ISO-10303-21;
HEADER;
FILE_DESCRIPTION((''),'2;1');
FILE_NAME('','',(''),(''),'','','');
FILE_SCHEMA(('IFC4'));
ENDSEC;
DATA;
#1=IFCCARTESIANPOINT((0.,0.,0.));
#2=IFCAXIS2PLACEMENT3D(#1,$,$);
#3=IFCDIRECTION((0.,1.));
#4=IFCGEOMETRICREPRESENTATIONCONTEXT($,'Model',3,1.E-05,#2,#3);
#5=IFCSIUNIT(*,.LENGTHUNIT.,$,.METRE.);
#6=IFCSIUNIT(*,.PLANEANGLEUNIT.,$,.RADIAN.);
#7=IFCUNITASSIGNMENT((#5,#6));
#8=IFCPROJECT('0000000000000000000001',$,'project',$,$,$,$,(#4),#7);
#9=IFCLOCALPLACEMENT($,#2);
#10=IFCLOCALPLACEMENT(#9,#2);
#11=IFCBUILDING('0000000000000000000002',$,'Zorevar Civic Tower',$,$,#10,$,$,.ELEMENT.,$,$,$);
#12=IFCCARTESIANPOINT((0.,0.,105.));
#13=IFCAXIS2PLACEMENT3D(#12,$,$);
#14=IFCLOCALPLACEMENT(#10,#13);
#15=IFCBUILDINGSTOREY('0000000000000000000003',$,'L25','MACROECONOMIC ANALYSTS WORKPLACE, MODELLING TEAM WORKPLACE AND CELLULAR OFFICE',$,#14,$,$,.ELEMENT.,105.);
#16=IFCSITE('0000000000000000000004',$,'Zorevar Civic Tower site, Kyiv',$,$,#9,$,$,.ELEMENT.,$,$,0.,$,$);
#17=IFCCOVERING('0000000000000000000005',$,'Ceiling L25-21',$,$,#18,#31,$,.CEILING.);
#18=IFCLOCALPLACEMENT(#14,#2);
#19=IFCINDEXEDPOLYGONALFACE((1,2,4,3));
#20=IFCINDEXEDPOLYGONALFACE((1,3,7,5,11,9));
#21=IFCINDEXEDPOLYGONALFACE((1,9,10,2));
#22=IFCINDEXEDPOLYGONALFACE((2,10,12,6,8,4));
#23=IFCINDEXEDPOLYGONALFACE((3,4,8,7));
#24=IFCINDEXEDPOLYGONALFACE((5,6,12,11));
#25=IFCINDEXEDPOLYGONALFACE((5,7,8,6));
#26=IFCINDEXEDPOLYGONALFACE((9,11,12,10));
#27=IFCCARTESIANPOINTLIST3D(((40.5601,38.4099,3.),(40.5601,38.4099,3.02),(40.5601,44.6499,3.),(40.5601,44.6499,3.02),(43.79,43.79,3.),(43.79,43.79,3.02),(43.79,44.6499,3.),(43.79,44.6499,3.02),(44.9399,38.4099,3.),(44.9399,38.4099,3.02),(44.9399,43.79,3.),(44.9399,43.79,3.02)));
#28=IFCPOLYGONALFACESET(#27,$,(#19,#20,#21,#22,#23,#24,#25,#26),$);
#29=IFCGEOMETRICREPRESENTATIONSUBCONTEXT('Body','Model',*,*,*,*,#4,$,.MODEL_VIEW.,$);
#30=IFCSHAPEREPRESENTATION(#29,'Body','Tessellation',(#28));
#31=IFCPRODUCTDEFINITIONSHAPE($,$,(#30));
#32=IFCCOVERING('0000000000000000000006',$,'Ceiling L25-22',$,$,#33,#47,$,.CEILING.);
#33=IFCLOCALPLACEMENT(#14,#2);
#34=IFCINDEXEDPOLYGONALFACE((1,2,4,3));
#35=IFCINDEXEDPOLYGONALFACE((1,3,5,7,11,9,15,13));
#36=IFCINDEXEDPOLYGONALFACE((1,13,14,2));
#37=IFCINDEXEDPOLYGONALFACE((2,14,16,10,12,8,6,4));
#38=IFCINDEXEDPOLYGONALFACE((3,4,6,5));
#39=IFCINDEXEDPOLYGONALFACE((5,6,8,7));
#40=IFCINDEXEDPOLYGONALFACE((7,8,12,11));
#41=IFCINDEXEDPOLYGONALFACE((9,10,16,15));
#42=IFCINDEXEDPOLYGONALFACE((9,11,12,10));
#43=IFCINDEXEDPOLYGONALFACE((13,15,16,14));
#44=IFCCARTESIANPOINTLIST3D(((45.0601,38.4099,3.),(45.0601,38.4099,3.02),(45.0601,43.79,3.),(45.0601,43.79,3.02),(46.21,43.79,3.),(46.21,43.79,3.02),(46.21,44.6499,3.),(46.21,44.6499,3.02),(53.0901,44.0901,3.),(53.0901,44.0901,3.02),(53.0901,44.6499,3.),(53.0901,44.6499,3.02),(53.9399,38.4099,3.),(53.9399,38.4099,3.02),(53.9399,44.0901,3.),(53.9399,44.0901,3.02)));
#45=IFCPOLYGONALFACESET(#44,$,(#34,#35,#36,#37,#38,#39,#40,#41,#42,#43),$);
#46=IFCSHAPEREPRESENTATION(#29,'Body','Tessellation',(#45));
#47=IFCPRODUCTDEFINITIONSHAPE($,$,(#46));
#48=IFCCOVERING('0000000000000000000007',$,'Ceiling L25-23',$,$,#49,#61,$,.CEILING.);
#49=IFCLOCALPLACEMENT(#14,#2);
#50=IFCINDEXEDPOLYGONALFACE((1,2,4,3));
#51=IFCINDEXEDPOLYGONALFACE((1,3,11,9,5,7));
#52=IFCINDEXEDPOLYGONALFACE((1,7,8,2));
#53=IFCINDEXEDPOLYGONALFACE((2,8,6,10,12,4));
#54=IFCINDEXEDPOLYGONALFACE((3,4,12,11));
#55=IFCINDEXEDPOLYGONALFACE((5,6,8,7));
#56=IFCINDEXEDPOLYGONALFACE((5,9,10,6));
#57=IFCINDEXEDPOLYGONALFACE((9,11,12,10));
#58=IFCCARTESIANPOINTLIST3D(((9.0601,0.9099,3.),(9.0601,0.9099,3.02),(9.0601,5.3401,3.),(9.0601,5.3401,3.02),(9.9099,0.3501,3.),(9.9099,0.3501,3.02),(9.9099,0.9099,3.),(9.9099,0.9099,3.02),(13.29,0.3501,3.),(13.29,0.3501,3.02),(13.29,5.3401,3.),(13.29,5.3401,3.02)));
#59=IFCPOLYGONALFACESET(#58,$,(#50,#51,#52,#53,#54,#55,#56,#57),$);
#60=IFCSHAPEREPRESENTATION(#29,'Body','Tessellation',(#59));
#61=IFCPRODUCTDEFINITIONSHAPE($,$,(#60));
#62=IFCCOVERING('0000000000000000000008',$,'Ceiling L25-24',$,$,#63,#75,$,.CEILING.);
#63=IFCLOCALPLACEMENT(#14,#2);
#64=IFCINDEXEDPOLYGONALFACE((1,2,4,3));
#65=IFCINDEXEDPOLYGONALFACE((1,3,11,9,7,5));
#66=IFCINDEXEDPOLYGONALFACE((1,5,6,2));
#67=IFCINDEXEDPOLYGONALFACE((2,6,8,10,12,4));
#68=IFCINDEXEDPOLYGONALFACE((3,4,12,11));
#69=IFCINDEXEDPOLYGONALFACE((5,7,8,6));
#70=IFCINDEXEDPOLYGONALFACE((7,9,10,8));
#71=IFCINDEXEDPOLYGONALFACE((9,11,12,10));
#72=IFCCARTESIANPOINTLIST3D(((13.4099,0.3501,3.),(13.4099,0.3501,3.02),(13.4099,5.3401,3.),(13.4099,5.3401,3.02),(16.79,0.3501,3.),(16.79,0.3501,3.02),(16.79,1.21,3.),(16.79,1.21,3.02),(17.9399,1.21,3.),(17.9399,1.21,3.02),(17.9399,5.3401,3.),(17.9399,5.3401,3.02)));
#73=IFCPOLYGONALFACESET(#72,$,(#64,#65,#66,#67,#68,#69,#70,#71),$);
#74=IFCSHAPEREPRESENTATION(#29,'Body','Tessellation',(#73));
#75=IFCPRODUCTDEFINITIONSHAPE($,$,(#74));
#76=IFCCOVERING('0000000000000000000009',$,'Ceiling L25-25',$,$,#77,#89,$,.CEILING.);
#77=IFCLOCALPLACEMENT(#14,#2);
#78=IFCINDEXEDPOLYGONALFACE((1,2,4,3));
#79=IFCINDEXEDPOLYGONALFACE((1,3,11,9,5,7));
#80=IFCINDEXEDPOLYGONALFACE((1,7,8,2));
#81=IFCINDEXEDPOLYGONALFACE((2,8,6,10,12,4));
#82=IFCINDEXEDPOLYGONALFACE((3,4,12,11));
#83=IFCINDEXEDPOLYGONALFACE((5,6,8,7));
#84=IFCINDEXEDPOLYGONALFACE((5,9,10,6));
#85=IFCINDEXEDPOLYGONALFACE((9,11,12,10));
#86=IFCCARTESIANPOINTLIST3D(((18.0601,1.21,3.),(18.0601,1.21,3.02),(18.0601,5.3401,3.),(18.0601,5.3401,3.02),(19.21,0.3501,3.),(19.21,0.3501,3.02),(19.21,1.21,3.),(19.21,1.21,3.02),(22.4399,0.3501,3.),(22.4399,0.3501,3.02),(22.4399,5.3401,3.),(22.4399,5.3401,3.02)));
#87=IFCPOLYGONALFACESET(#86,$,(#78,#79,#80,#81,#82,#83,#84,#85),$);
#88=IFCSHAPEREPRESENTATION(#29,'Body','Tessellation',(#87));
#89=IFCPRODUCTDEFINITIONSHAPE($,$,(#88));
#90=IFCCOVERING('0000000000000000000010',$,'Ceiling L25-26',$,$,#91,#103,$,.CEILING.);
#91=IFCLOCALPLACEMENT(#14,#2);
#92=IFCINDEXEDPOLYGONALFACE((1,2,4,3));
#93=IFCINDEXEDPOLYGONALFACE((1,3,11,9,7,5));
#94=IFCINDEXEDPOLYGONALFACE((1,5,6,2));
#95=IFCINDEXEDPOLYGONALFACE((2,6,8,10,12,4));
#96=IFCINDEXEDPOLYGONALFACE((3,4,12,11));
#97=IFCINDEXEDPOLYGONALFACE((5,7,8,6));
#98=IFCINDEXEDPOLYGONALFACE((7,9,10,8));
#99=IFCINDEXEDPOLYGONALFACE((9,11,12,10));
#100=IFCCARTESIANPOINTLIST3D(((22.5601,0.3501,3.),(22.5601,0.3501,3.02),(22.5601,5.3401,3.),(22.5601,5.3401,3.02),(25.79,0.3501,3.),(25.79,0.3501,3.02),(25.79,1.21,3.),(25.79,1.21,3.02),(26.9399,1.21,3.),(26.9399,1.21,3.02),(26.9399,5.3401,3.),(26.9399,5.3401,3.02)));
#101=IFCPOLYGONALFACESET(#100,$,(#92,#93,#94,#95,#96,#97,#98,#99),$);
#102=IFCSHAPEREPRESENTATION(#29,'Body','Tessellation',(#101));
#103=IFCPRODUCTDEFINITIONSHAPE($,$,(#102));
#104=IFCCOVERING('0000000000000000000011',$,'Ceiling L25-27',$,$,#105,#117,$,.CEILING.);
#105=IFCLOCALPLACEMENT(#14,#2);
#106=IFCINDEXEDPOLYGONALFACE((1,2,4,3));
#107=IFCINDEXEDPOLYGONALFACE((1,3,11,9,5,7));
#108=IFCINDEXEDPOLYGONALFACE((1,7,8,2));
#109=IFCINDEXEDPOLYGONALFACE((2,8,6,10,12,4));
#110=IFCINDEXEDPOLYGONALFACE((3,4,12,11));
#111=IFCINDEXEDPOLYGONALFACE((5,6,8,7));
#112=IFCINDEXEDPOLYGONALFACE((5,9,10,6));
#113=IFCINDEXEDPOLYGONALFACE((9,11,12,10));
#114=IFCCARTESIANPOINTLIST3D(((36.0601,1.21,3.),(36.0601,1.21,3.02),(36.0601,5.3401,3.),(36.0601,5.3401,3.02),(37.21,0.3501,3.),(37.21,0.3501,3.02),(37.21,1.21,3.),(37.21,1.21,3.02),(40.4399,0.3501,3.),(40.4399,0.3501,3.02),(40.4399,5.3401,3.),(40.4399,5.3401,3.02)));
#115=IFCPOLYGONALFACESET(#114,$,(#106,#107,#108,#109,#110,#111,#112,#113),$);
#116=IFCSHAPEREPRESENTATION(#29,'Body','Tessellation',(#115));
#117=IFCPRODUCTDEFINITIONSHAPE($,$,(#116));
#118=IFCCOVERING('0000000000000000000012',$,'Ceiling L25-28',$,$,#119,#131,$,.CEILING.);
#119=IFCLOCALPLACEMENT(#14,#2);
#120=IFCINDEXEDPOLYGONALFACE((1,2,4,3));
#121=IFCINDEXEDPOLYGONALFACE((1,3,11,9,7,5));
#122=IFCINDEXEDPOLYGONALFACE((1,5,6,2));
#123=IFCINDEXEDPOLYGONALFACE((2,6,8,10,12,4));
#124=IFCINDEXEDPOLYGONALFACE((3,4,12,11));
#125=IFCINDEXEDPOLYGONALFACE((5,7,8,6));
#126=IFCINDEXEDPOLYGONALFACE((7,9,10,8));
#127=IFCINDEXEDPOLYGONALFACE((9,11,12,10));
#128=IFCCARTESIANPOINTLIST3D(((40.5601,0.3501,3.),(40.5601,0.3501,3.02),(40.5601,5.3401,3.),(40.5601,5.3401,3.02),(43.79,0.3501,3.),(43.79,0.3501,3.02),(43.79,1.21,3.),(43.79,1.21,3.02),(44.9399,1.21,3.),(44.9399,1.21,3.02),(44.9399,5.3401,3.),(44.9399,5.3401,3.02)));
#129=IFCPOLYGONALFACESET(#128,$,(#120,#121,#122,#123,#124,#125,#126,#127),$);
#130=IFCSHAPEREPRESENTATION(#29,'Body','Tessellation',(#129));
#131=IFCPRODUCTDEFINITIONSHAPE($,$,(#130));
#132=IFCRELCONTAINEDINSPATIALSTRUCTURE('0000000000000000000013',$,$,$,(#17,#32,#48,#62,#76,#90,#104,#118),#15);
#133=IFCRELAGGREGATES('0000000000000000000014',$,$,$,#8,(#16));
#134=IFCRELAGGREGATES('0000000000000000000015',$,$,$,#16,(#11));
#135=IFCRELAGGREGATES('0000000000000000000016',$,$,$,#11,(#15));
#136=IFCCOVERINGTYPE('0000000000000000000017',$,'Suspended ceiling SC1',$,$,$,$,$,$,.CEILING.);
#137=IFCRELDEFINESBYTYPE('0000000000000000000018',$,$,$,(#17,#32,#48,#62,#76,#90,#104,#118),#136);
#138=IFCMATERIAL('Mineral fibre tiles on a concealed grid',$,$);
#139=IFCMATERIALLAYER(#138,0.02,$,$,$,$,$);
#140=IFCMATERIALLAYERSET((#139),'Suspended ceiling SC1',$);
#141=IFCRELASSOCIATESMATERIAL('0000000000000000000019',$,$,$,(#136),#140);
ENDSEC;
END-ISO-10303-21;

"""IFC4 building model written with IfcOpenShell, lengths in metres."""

from ifc_helpers import new_model, si_unit, direction, frame, origin, place, context, subcontext, project, spatial, polyline, outline, extrude, material, layer, layer_set, type_object, element, save


model = new_model("IFC4")

# Units and contexts
model_context = context("Model", 3, precision=1e-05, world=origin(), true_north=direction((0.0, 1.0)))
body_context = subcontext(model_context, "Body", "Model", "MODEL_VIEW")
ifc_project = project(units=[si_unit("LENGTHUNIT", "METRE"), si_unit("PLANEANGLEUNIT", "RADIAN")], contexts=[model_context])

# Site, building, storey
site_placement = place(None, origin())
site = spatial("IfcSite", under=ifc_project, at=site_placement, Name="Zorevar Civic Tower site, Kyiv", CompositionType="ELEMENT", RefElevation=0.0)
building_placement = place(site_placement, origin())
building = spatial("IfcBuilding", under=site, at=building_placement, Name="Zorevar Civic Tower", CompositionType="ELEMENT")
storey_placement = place(building_placement, frame((0.0, 0.0, 105.0)))
storey = spatial("IfcBuildingStorey", under=building, at=storey_placement, Name="L25", Description="MACROECONOMIC ANALYSTS WORKPLACE, MODELLING TEAM WORKPLACE AND CELLULAR OFFICE", CompositionType="ELEMENT", Elevation=105.0)

# Coverings
ifc_material_1 = material(Name="Mineral fibre tiles on a concealed grid")
ifc_layer_1 = layer(ifc_material_1, 0.02)
ifc_layer_set_1 = layer_set([ifc_layer_1], Name="Suspended ceiling SC1")
covering_type_1 = type_object("IfcCoveringType", Name="Suspended ceiling SC1", PredefinedType="CEILING", material=ifc_layer_set_1)
covering_1_placement = place(storey_placement, frame((0.0, 0.0, 3.0)))
element("IfcCovering", 1, at=covering_1_placement, inside=storey, type_object=covering_type_1, Name="Ceiling L25-21", PredefinedType="CEILING", context=body_context, shape_type="SweptSolid", body=[
    extrude(outline(polyline([(40.5601, 38.4099), (40.5601, 44.6499), (43.79, 44.6499), (43.79, 43.79), (44.9399, 43.79), (44.9399, 38.4099), (40.5601, 38.4099)])), origin(), (0.0, 0.0, 1.0), 0.02),
])
covering_2_placement = place(storey_placement, frame((0.0, 0.0, 3.0)))
element("IfcCovering", 2, at=covering_2_placement, inside=storey, type_object=covering_type_1, Name="Ceiling L25-22", PredefinedType="CEILING", context=body_context, shape_type="SweptSolid", body=[
    extrude(outline(polyline([(46.21, 43.79), (46.21, 44.6499), (53.0901, 44.6499), (53.0901, 44.0901), (53.9399, 44.0901), (53.9399, 38.4099), (45.0601, 38.4099), (45.0601, 43.79), (46.21, 43.79)])), origin(), (0.0, 0.0, 1.0), 0.02),
])
covering_3_placement = place(storey_placement, frame((0.0, 0.0, 3.0)))
element("IfcCovering", 3, at=covering_3_placement, inside=storey, type_object=covering_type_1, Name="Ceiling L25-23", PredefinedType="CEILING", context=body_context, shape_type="SweptSolid", body=[
    extrude(outline(polyline([(13.29, 5.3401), (13.29, 0.3501), (9.9099, 0.3501), (9.9099, 0.9099), (9.0601, 0.9099), (9.0601, 5.3401), (13.29, 5.3401)])), origin(), (0.0, 0.0, 1.0), 0.02),
])
covering_4_placement = place(storey_placement, frame((0.0, 0.0, 3.0)))
element("IfcCovering", 4, at=covering_4_placement, inside=storey, type_object=covering_type_1, Name="Ceiling L25-24", PredefinedType="CEILING", context=body_context, shape_type="SweptSolid", body=[
    extrude(outline(polyline([(17.9399, 5.3401), (17.9399, 1.21), (16.79, 1.21), (16.79, 0.3501), (13.4099, 0.3501), (13.4099, 5.3401), (17.9399, 5.3401)])), origin(), (0.0, 0.0, 1.0), 0.02),
])
covering_5_placement = place(storey_placement, frame((0.0, 0.0, 3.0)))
element("IfcCovering", 5, at=covering_5_placement, inside=storey, type_object=covering_type_1, Name="Ceiling L25-25", PredefinedType="CEILING", context=body_context, shape_type="SweptSolid", body=[
    extrude(outline(polyline([(22.4399, 5.3401), (22.4399, 0.3501), (19.21, 0.3501), (19.21, 1.21), (18.0601, 1.21), (18.0601, 5.3401), (22.4399, 5.3401)])), origin(), (0.0, 0.0, 1.0), 0.02),
])
covering_6_placement = place(storey_placement, frame((0.0, 0.0, 3.0)))
element("IfcCovering", 6, at=covering_6_placement, inside=storey, type_object=covering_type_1, Name="Ceiling L25-26", PredefinedType="CEILING", context=body_context, shape_type="SweptSolid", body=[
    extrude(outline(polyline([(26.9399, 5.3401), (26.9399, 1.21), (25.79, 1.21), (25.79, 0.3501), (22.5601, 0.3501), (22.5601, 5.3401), (26.9399, 5.3401)])), origin(), (0.0, 0.0, 1.0), 0.02),
])
covering_7_placement = place(storey_placement, frame((0.0, 0.0, 3.0)))
element("IfcCovering", 7, at=covering_7_placement, inside=storey, type_object=covering_type_1, Name="Ceiling L25-27", PredefinedType="CEILING", context=body_context, shape_type="SweptSolid", body=[
    extrude(outline(polyline([(40.4399, 5.3401), (40.4399, 0.3501), (37.21, 0.3501), (37.21, 1.21), (36.0601, 1.21), (36.0601, 5.3401), (40.4399, 5.3401)])), origin(), (0.0, 0.0, 1.0), 0.02),
])
covering_8_placement = place(storey_placement, frame((0.0, 0.0, 3.0)))
element("IfcCovering", 8, at=covering_8_placement, inside=storey, type_object=covering_type_1, Name="Ceiling L25-28", PredefinedType="CEILING", context=body_context, shape_type="SweptSolid", body=[
    extrude(outline(polyline([(44.9399, 5.3401), (44.9399, 1.21), (43.79, 1.21), (43.79, 0.3501), (40.5601, 0.3501), (40.5601, 5.3401), (44.9399, 5.3401)])), origin(), (0.0, 0.0, 1.0), 0.02),
])

save(model, "model.ifc")
